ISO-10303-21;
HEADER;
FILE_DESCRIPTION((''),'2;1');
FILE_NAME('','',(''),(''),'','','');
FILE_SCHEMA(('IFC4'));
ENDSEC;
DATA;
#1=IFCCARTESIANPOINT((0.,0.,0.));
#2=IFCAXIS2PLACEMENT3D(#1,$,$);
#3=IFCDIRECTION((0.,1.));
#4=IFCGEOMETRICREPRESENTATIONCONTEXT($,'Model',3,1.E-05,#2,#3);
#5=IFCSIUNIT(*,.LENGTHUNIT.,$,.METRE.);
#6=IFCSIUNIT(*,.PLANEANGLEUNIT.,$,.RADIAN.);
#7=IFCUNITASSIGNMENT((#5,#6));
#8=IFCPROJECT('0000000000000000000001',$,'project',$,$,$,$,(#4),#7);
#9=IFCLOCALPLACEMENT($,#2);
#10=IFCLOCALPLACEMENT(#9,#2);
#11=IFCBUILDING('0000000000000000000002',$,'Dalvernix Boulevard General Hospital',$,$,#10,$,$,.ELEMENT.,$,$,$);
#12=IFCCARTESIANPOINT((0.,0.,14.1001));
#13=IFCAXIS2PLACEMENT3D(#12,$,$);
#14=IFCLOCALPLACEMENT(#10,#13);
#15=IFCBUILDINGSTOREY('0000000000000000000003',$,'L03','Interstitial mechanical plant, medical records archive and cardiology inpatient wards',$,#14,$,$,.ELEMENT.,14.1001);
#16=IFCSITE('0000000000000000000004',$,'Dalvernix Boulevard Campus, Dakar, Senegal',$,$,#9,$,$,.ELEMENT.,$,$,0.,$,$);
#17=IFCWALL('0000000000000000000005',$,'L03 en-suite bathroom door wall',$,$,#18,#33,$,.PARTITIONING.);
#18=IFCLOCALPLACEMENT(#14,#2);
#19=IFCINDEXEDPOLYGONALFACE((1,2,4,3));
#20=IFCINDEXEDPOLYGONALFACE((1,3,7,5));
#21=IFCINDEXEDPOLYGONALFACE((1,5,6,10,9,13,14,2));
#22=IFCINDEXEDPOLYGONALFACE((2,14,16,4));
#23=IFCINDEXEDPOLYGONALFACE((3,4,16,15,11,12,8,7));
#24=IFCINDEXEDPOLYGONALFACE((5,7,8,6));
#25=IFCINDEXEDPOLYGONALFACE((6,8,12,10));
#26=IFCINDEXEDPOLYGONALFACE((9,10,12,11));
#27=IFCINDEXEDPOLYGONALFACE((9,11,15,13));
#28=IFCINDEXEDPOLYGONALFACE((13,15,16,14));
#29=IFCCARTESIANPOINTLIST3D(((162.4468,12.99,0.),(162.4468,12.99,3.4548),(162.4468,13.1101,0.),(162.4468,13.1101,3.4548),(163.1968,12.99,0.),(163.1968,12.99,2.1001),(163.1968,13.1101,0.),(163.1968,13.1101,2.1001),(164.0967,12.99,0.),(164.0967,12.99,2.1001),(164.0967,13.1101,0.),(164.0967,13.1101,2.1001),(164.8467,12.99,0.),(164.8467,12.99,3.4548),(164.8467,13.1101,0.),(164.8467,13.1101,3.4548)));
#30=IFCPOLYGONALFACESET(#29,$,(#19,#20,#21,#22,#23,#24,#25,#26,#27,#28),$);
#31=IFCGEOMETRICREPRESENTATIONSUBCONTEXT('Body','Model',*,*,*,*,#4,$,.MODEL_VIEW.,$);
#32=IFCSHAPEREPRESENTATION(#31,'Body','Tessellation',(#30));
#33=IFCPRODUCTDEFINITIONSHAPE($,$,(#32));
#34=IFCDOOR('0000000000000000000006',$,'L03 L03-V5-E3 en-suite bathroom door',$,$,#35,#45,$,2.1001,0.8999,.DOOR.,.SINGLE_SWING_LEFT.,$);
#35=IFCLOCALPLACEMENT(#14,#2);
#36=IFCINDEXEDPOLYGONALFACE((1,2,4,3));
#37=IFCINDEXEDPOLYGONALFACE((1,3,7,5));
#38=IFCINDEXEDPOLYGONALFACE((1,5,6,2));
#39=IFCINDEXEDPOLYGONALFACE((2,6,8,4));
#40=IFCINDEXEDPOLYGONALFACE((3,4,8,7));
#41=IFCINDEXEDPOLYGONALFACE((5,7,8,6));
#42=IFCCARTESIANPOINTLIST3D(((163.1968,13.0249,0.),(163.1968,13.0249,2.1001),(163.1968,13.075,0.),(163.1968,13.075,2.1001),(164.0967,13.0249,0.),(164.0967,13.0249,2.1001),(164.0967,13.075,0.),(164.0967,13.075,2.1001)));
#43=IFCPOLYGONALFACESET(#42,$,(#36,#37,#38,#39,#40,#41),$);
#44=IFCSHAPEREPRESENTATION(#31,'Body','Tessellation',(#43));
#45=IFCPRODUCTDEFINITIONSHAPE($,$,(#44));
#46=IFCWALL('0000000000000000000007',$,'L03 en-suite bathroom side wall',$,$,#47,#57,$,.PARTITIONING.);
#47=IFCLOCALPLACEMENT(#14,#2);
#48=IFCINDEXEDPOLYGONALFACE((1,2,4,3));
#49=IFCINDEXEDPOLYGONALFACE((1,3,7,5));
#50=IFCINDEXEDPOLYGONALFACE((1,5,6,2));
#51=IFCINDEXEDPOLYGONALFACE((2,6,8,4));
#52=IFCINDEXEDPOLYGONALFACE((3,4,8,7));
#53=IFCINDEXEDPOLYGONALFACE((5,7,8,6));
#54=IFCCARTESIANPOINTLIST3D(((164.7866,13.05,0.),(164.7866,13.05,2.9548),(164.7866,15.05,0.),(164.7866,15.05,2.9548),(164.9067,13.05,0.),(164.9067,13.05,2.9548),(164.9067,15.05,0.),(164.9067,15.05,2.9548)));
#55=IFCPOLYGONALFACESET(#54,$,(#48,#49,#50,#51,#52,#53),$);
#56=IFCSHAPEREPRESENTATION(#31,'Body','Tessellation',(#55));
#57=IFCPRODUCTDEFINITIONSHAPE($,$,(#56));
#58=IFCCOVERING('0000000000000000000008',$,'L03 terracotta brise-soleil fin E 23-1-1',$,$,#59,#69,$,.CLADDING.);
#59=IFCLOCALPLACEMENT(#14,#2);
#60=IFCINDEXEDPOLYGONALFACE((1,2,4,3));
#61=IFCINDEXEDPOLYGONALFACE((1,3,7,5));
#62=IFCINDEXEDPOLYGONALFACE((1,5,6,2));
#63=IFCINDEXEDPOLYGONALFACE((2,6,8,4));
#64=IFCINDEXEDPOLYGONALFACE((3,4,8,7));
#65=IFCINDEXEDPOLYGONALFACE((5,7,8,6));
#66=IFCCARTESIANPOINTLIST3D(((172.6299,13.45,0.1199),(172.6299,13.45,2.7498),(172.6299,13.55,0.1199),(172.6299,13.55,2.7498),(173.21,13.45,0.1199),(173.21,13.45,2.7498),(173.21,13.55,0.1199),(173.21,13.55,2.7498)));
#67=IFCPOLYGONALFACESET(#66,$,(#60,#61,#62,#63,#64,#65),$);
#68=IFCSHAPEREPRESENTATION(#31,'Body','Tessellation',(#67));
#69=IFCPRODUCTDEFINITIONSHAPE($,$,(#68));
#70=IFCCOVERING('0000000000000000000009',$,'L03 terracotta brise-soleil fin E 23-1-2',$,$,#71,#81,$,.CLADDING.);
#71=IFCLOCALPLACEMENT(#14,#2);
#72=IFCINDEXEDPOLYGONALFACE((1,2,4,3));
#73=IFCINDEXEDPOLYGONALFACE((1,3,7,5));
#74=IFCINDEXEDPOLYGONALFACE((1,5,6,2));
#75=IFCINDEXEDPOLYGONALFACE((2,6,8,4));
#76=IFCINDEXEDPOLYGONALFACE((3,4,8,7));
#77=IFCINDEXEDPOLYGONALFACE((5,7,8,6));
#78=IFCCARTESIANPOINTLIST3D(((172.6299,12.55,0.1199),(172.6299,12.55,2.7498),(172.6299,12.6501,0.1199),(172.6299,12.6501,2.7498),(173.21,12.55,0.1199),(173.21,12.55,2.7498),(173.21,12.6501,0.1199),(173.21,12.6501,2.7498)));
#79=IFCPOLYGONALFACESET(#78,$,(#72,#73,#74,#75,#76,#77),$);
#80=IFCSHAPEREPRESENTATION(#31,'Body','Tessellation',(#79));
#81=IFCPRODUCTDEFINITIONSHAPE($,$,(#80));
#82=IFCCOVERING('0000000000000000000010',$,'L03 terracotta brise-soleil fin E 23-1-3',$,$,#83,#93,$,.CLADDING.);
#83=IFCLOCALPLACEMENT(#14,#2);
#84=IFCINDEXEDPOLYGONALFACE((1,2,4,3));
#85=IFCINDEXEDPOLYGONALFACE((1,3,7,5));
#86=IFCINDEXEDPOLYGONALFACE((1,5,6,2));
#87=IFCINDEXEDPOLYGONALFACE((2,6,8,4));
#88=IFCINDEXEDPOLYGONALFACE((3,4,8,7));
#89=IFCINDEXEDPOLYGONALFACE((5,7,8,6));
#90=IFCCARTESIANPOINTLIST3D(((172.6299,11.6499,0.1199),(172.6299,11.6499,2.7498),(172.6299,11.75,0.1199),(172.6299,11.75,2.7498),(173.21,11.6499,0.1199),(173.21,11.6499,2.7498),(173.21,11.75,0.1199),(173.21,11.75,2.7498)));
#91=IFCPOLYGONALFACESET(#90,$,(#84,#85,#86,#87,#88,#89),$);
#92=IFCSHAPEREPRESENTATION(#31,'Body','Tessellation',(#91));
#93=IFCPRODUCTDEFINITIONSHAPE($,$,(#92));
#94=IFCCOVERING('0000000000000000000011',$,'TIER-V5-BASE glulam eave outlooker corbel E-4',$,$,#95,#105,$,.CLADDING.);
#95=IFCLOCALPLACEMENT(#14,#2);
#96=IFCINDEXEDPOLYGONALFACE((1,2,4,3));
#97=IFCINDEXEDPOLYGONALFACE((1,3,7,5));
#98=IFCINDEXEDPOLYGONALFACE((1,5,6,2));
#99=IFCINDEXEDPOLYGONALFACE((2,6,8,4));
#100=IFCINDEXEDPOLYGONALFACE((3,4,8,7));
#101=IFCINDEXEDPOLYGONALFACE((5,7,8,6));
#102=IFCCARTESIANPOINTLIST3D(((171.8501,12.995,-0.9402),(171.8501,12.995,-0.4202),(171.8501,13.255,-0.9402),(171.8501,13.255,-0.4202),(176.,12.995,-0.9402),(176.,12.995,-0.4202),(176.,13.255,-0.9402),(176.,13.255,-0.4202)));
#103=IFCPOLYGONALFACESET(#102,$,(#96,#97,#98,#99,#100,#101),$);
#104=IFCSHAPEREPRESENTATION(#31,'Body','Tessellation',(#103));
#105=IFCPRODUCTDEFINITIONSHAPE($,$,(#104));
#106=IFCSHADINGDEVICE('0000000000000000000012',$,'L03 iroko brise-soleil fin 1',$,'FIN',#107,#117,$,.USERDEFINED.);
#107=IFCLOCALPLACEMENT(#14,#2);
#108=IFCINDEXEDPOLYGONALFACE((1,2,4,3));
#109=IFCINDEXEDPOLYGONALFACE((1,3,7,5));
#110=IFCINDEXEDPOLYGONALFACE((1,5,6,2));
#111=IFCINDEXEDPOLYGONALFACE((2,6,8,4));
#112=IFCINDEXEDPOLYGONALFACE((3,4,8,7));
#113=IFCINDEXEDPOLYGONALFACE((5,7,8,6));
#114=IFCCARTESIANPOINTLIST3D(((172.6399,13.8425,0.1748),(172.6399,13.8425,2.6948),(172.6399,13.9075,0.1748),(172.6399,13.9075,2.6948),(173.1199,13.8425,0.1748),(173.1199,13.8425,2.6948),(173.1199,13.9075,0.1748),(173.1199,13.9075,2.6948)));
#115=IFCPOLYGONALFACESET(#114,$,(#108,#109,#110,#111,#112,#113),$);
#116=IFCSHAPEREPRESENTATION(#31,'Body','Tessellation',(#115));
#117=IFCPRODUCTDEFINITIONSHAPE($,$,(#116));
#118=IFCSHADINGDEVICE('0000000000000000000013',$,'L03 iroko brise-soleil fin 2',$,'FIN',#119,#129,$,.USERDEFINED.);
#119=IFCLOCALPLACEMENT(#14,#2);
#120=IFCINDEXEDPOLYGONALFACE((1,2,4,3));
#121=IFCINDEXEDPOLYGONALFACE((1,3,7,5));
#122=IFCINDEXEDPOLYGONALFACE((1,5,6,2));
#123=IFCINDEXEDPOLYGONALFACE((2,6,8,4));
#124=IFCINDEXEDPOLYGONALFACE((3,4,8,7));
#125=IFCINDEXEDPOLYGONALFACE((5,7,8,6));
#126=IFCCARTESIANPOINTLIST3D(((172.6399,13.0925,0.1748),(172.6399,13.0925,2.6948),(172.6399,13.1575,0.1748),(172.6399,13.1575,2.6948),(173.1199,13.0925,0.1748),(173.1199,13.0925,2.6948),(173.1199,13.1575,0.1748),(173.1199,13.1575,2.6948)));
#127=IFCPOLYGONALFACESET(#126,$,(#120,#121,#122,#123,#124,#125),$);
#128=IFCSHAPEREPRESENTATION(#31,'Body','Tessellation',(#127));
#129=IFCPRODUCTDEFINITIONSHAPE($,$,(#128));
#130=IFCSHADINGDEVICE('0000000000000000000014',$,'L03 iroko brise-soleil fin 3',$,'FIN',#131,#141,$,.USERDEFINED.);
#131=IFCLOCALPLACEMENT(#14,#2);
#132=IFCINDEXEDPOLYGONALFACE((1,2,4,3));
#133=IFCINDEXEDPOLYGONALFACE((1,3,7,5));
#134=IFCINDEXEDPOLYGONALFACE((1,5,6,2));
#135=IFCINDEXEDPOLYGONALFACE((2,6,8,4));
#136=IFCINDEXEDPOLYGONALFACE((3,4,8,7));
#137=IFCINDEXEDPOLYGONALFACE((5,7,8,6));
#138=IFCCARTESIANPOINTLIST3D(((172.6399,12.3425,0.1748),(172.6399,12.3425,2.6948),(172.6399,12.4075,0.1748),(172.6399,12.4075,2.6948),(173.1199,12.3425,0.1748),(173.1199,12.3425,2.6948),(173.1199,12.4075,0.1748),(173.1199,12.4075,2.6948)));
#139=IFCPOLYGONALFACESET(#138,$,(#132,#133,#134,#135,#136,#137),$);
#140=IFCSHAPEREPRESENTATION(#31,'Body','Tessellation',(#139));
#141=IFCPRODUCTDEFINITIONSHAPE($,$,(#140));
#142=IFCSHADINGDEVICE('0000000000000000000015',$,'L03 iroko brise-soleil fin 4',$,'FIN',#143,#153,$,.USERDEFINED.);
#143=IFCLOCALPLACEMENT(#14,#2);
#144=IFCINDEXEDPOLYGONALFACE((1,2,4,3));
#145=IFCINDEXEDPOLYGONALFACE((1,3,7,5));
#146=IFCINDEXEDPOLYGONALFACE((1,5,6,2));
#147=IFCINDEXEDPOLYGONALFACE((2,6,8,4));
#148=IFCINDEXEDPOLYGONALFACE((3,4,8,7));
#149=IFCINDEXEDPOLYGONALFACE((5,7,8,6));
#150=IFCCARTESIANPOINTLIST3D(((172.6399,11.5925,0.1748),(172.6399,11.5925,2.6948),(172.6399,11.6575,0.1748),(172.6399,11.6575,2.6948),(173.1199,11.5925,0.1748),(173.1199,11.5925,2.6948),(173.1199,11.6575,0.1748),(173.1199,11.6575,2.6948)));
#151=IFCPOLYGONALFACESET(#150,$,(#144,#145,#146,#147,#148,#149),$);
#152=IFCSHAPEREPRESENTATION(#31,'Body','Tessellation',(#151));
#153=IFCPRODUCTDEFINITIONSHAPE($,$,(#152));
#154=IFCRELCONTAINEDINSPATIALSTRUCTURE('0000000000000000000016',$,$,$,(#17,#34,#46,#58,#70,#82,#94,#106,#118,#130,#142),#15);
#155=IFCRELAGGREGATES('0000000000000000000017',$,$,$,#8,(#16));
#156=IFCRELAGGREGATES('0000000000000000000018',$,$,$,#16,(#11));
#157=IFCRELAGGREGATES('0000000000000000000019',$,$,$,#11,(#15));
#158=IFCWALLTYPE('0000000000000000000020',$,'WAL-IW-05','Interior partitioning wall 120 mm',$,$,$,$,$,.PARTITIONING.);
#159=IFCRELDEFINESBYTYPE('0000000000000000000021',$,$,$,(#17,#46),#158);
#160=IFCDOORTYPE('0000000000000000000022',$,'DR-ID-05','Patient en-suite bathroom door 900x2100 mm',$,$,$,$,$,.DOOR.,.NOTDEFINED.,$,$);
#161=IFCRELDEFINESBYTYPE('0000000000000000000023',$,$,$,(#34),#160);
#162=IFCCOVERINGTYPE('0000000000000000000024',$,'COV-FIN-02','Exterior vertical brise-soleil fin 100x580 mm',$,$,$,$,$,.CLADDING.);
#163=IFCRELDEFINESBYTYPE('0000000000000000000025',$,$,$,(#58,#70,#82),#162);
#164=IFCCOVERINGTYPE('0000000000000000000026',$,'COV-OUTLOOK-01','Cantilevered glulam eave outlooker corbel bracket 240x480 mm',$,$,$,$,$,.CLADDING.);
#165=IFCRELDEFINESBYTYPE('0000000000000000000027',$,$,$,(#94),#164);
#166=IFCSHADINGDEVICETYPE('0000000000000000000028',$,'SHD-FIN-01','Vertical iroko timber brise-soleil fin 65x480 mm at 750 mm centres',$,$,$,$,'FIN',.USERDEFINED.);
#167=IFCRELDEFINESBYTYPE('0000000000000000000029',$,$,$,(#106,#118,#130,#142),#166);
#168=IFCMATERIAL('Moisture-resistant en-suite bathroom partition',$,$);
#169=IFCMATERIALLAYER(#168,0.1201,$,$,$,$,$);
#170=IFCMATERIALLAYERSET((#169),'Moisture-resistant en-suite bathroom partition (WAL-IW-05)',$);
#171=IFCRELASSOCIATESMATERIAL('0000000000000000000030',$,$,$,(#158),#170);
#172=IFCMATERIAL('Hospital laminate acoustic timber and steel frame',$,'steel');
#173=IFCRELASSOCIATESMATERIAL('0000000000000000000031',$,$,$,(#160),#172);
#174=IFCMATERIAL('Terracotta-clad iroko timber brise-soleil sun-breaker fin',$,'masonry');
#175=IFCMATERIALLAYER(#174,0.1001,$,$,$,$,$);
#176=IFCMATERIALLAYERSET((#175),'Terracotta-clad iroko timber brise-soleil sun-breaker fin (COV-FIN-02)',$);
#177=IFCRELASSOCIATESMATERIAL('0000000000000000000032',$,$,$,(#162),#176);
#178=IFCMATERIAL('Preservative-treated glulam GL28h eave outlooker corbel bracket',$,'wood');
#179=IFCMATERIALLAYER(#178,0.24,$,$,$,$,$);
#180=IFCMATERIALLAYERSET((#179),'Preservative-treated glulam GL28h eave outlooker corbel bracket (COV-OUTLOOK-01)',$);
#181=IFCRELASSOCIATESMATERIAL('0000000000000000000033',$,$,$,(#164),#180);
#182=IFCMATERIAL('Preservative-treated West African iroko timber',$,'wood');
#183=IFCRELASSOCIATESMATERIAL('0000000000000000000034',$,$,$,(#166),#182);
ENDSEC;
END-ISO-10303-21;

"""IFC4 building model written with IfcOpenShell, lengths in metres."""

from ifc_helpers import new_model, si_unit, direction, frame, frame_2d, origin, origin_2d, place, context, subcontext, project, spatial, rectangle, extrude, material, layer, layer_set, type_object, element, fill, save


model = new_model("IFC4")

# Units and contexts
model_context = context("Model", 3, precision=1e-05, world=origin(), true_north=direction((0.0, 1.0)))
body_context = subcontext(model_context, "Body", "Model", "MODEL_VIEW")
ifc_project = project(units=[si_unit("LENGTHUNIT", "METRE"), si_unit("PLANEANGLEUNIT", "RADIAN")], contexts=[model_context])

# Site, building, storey
site_placement = place(None, origin())
site = spatial("IfcSite", under=ifc_project, at=site_placement, Name="Dalvernix Boulevard Campus, Dakar, Senegal", CompositionType="ELEMENT", RefElevation=0.0)
building_placement = place(site_placement, origin())
building = spatial("IfcBuilding", under=site, at=building_placement, Name="Dalvernix Boulevard General Hospital", CompositionType="ELEMENT")
storey_placement = place(building_placement, frame((0.0, 0.0, 14.1001)))
storey = spatial("IfcBuildingStorey", under=building, at=storey_placement, Name="L03", Description="Interstitial mechanical plant, medical records archive and cardiology inpatient wards", CompositionType="ELEMENT", Elevation=14.1001)

# Shared definitions
ifc_material_1 = material(Name="Hospital laminate acoustic timber and steel frame", Category="steel")

# Shared definitions
ifc_material_2 = material(Name="Moisture-resistant en-suite bathroom partition")
ifc_layer_1 = layer(ifc_material_2, 0.1201)
ifc_layer_set_1 = layer_set([ifc_layer_1], Name="Moisture-resistant en-suite bathroom partition (WAL-IW-05)")
wall_type_1 = type_object("IfcWallType", Name="WAL-IW-05", Description="Interior partitioning wall 120 mm", PredefinedType="PARTITIONING", material=ifc_layer_set_1)

# Shared definitions
door_type_1 = type_object("IfcDoorType", Name="DR-ID-05", Description="Patient en-suite bathroom door 900x2100 mm", OperationType="NOTDEFINED", PredefinedType="DOOR", material=ifc_material_1)

# Wall, opening, door
wall_1_placement = place(storey_placement, frame((162.4468, 13.05, 0.0), z_axis=(0.0, 0.0, 1.0), x_axis=(1.0, 0.0, 0.0)))
wall_1 = element("IfcWall", 1, at=wall_1_placement, inside=storey, type_object=wall_type_1, Name="L03 en-suite bathroom door wall", PredefinedType="PARTITIONING", context=body_context, shape_type="SweptSolid", body=[
    extrude(rectangle(XDim=2.3999, YDim=0.1201, at=frame_2d((1.2, 0.0))), origin(), (0.0, 0.0, 1.0), 3.4548),
])
opening_1_placement = place(wall_1_placement, frame((0.75, 0.0, 0.0)))
opening_1 = element("IfcOpeningElement", 2, at=opening_1_placement, cuts=wall_1, PredefinedType="OPENING", context=body_context, shape_type="SweptSolid", body=[
    extrude(rectangle(XDim=0.8999, YDim=2.1001, at=frame_2d((0.45, 1.05))), frame((0.0, 0.0701, 0.0), z_axis=(0.0, -1.0, 0.0), x_axis=(1.0, 0.0, 0.0)), (0.0, 0.0, 1.0), 0.1401),
])
door_1_placement = place(opening_1_placement, origin())
door_1 = element("IfcDoor", 3, at=door_1_placement, inside=storey, type_object=door_type_1, Name="L03 L03-V5-E3 en-suite bathroom door", OperationType="SINGLE_SWING_LEFT", OverallHeight=2.1001, OverallWidth=0.8999, PredefinedType="DOOR", context=body_context, shape_type="SweptSolid", body=[
    extrude(rectangle(XDim=0.8999, YDim=2.1001, at=frame_2d((0.45, 1.05))), frame((0.0, 0.0249, 0.0), z_axis=(0.0, -1.0, 0.0), x_axis=(1.0, 0.0, 0.0)), (0.0, 0.0, 1.0), 0.05),
])
fill(opening_1, door_1)

# Wall
wall_2_placement = place(storey_placement, frame((164.8467, 13.05, 0.0), z_axis=(0.0, 0.0, 1.0), x_axis=(0.0, 1.0, 0.0)))
element("IfcWall", 4, at=wall_2_placement, inside=storey, type_object=wall_type_1, Name="L03 en-suite bathroom side wall", PredefinedType="PARTITIONING", context=body_context, shape_type="SweptSolid", body=[
    extrude(rectangle(XDim=2.0, YDim=0.1201, at=frame_2d((1.0, 0.0))), origin(), (0.0, 0.0, 1.0), 2.9548),
])

# Coverings
ifc_material_3 = material(Name="Terracotta-clad iroko timber brise-soleil sun-breaker fin", Category="masonry")
ifc_layer_2 = layer(ifc_material_3, 0.1001)
ifc_layer_set_2 = layer_set([ifc_layer_2], Name="Terracotta-clad iroko timber brise-soleil sun-breaker fin (COV-FIN-02)")
covering_type_1 = type_object("IfcCoveringType", Name="COV-FIN-02", Description="Exterior vertical brise-soleil fin 100x580 mm", PredefinedType="CLADDING", material=ifc_layer_set_2)
for number, where, z_axis, x_axis, name in (
    (5, (172.9199, 13.5, 0.1199), (0.0, 0.0, 1.0), (0.0, -1.0, 0.0), "L03 terracotta brise-soleil fin E 23-1-1"),
    (6, (172.9199, 12.6001, 0.1199), (0.0, 0.0, 1.0), (0.0, -1.0, 0.0), "L03 terracotta brise-soleil fin E 23-1-2"),
    (7, (172.9199, 11.7, 0.1199), (0.0, 0.0, 1.0), (0.0, -1.0, 0.0), "L03 terracotta brise-soleil fin E 23-1-3"),
):
    element("IfcCovering", number, at=place(storey_placement, frame(where, z_axis=z_axis, x_axis=x_axis)), inside=storey, type_object=covering_type_1, Name=name, PredefinedType="CLADDING", context=body_context, shape_type="SweptSolid", body=[
        extrude(rectangle(XDim=0.1001, YDim=0.5801, at=origin_2d()), origin(), (0.0, 0.0, 1.0), 2.6299),
    ])
ifc_material_4 = material(Name="Preservative-treated glulam GL28h eave outlooker corbel bracket", Category="wood")
ifc_layer_3 = layer(ifc_material_4, 0.24)
ifc_layer_set_3 = layer_set([ifc_layer_3], Name="Preservative-treated glulam GL28h eave outlooker corbel bracket (COV-OUTLOOK-01)")
covering_type_2 = type_object("IfcCoveringType", Name="COV-OUTLOOK-01", Description="Cantilevered glulam eave outlooker corbel bracket 240x480 mm", PredefinedType="CLADDING", material=ifc_layer_set_3)
covering_placement = place(storey_placement, frame((173.925, 13.125, -0.9402), z_axis=(0.0, 0.0, 1.0), x_axis=(1.0, 0.0, 0.0)))
element("IfcCovering", 8, at=covering_placement, inside=storey, type_object=covering_type_2, Name="TIER-V5-BASE glulam eave outlooker corbel E-4", PredefinedType="CLADDING", context=body_context, shape_type="SweptSolid", body=[
    extrude(rectangle(XDim=4.1499, YDim=0.26, at=origin_2d()), origin(), (0.0, 0.0, 1.0), 0.52),
])

# Shading devices
ifc_material_5 = material(Name="Preservative-treated West African iroko timber", Category="wood")
shading_device_type = type_object("IfcShadingDeviceType", Name="SHD-FIN-01", Description="Vertical iroko timber brise-soleil fin 65x480 mm at 750 mm centres", ElementType="FIN", PredefinedType="USERDEFINED", material=ifc_material_5)
for number, where, z_axis, x_axis, name in (
    (9, (172.8799, 13.875, 0.1748), (0.0, 0.0, 1.0), (0.0, -1.0, 0.0), "L03 iroko brise-soleil fin 1"),
    (10, (172.8799, 13.125, 0.1748), (0.0, 0.0, 1.0), (0.0, -1.0, 0.0), "L03 iroko brise-soleil fin 2"),
    (11, (172.8799, 12.375, 0.1748), (0.0, 0.0, 1.0), (0.0, -1.0, 0.0), "L03 iroko brise-soleil fin 3"),
    (12, (172.8799, 11.625, 0.1748), (0.0, 0.0, 1.0), (0.0, -1.0, 0.0), "L03 iroko brise-soleil fin 4"),
):
    element("IfcShadingDevice", number, at=place(storey_placement, frame(where, z_axis=z_axis, x_axis=x_axis)), inside=storey, type_object=shading_device_type, Name=name, ObjectType="FIN", PredefinedType="USERDEFINED", context=body_context, shape_type="SweptSolid", body=[
        extrude(rectangle(XDim=0.0649, YDim=0.48, at=origin_2d()), origin(), (0.0, 0.0, 1.0), 2.52),
    ])

save(model, "model.ifc")
